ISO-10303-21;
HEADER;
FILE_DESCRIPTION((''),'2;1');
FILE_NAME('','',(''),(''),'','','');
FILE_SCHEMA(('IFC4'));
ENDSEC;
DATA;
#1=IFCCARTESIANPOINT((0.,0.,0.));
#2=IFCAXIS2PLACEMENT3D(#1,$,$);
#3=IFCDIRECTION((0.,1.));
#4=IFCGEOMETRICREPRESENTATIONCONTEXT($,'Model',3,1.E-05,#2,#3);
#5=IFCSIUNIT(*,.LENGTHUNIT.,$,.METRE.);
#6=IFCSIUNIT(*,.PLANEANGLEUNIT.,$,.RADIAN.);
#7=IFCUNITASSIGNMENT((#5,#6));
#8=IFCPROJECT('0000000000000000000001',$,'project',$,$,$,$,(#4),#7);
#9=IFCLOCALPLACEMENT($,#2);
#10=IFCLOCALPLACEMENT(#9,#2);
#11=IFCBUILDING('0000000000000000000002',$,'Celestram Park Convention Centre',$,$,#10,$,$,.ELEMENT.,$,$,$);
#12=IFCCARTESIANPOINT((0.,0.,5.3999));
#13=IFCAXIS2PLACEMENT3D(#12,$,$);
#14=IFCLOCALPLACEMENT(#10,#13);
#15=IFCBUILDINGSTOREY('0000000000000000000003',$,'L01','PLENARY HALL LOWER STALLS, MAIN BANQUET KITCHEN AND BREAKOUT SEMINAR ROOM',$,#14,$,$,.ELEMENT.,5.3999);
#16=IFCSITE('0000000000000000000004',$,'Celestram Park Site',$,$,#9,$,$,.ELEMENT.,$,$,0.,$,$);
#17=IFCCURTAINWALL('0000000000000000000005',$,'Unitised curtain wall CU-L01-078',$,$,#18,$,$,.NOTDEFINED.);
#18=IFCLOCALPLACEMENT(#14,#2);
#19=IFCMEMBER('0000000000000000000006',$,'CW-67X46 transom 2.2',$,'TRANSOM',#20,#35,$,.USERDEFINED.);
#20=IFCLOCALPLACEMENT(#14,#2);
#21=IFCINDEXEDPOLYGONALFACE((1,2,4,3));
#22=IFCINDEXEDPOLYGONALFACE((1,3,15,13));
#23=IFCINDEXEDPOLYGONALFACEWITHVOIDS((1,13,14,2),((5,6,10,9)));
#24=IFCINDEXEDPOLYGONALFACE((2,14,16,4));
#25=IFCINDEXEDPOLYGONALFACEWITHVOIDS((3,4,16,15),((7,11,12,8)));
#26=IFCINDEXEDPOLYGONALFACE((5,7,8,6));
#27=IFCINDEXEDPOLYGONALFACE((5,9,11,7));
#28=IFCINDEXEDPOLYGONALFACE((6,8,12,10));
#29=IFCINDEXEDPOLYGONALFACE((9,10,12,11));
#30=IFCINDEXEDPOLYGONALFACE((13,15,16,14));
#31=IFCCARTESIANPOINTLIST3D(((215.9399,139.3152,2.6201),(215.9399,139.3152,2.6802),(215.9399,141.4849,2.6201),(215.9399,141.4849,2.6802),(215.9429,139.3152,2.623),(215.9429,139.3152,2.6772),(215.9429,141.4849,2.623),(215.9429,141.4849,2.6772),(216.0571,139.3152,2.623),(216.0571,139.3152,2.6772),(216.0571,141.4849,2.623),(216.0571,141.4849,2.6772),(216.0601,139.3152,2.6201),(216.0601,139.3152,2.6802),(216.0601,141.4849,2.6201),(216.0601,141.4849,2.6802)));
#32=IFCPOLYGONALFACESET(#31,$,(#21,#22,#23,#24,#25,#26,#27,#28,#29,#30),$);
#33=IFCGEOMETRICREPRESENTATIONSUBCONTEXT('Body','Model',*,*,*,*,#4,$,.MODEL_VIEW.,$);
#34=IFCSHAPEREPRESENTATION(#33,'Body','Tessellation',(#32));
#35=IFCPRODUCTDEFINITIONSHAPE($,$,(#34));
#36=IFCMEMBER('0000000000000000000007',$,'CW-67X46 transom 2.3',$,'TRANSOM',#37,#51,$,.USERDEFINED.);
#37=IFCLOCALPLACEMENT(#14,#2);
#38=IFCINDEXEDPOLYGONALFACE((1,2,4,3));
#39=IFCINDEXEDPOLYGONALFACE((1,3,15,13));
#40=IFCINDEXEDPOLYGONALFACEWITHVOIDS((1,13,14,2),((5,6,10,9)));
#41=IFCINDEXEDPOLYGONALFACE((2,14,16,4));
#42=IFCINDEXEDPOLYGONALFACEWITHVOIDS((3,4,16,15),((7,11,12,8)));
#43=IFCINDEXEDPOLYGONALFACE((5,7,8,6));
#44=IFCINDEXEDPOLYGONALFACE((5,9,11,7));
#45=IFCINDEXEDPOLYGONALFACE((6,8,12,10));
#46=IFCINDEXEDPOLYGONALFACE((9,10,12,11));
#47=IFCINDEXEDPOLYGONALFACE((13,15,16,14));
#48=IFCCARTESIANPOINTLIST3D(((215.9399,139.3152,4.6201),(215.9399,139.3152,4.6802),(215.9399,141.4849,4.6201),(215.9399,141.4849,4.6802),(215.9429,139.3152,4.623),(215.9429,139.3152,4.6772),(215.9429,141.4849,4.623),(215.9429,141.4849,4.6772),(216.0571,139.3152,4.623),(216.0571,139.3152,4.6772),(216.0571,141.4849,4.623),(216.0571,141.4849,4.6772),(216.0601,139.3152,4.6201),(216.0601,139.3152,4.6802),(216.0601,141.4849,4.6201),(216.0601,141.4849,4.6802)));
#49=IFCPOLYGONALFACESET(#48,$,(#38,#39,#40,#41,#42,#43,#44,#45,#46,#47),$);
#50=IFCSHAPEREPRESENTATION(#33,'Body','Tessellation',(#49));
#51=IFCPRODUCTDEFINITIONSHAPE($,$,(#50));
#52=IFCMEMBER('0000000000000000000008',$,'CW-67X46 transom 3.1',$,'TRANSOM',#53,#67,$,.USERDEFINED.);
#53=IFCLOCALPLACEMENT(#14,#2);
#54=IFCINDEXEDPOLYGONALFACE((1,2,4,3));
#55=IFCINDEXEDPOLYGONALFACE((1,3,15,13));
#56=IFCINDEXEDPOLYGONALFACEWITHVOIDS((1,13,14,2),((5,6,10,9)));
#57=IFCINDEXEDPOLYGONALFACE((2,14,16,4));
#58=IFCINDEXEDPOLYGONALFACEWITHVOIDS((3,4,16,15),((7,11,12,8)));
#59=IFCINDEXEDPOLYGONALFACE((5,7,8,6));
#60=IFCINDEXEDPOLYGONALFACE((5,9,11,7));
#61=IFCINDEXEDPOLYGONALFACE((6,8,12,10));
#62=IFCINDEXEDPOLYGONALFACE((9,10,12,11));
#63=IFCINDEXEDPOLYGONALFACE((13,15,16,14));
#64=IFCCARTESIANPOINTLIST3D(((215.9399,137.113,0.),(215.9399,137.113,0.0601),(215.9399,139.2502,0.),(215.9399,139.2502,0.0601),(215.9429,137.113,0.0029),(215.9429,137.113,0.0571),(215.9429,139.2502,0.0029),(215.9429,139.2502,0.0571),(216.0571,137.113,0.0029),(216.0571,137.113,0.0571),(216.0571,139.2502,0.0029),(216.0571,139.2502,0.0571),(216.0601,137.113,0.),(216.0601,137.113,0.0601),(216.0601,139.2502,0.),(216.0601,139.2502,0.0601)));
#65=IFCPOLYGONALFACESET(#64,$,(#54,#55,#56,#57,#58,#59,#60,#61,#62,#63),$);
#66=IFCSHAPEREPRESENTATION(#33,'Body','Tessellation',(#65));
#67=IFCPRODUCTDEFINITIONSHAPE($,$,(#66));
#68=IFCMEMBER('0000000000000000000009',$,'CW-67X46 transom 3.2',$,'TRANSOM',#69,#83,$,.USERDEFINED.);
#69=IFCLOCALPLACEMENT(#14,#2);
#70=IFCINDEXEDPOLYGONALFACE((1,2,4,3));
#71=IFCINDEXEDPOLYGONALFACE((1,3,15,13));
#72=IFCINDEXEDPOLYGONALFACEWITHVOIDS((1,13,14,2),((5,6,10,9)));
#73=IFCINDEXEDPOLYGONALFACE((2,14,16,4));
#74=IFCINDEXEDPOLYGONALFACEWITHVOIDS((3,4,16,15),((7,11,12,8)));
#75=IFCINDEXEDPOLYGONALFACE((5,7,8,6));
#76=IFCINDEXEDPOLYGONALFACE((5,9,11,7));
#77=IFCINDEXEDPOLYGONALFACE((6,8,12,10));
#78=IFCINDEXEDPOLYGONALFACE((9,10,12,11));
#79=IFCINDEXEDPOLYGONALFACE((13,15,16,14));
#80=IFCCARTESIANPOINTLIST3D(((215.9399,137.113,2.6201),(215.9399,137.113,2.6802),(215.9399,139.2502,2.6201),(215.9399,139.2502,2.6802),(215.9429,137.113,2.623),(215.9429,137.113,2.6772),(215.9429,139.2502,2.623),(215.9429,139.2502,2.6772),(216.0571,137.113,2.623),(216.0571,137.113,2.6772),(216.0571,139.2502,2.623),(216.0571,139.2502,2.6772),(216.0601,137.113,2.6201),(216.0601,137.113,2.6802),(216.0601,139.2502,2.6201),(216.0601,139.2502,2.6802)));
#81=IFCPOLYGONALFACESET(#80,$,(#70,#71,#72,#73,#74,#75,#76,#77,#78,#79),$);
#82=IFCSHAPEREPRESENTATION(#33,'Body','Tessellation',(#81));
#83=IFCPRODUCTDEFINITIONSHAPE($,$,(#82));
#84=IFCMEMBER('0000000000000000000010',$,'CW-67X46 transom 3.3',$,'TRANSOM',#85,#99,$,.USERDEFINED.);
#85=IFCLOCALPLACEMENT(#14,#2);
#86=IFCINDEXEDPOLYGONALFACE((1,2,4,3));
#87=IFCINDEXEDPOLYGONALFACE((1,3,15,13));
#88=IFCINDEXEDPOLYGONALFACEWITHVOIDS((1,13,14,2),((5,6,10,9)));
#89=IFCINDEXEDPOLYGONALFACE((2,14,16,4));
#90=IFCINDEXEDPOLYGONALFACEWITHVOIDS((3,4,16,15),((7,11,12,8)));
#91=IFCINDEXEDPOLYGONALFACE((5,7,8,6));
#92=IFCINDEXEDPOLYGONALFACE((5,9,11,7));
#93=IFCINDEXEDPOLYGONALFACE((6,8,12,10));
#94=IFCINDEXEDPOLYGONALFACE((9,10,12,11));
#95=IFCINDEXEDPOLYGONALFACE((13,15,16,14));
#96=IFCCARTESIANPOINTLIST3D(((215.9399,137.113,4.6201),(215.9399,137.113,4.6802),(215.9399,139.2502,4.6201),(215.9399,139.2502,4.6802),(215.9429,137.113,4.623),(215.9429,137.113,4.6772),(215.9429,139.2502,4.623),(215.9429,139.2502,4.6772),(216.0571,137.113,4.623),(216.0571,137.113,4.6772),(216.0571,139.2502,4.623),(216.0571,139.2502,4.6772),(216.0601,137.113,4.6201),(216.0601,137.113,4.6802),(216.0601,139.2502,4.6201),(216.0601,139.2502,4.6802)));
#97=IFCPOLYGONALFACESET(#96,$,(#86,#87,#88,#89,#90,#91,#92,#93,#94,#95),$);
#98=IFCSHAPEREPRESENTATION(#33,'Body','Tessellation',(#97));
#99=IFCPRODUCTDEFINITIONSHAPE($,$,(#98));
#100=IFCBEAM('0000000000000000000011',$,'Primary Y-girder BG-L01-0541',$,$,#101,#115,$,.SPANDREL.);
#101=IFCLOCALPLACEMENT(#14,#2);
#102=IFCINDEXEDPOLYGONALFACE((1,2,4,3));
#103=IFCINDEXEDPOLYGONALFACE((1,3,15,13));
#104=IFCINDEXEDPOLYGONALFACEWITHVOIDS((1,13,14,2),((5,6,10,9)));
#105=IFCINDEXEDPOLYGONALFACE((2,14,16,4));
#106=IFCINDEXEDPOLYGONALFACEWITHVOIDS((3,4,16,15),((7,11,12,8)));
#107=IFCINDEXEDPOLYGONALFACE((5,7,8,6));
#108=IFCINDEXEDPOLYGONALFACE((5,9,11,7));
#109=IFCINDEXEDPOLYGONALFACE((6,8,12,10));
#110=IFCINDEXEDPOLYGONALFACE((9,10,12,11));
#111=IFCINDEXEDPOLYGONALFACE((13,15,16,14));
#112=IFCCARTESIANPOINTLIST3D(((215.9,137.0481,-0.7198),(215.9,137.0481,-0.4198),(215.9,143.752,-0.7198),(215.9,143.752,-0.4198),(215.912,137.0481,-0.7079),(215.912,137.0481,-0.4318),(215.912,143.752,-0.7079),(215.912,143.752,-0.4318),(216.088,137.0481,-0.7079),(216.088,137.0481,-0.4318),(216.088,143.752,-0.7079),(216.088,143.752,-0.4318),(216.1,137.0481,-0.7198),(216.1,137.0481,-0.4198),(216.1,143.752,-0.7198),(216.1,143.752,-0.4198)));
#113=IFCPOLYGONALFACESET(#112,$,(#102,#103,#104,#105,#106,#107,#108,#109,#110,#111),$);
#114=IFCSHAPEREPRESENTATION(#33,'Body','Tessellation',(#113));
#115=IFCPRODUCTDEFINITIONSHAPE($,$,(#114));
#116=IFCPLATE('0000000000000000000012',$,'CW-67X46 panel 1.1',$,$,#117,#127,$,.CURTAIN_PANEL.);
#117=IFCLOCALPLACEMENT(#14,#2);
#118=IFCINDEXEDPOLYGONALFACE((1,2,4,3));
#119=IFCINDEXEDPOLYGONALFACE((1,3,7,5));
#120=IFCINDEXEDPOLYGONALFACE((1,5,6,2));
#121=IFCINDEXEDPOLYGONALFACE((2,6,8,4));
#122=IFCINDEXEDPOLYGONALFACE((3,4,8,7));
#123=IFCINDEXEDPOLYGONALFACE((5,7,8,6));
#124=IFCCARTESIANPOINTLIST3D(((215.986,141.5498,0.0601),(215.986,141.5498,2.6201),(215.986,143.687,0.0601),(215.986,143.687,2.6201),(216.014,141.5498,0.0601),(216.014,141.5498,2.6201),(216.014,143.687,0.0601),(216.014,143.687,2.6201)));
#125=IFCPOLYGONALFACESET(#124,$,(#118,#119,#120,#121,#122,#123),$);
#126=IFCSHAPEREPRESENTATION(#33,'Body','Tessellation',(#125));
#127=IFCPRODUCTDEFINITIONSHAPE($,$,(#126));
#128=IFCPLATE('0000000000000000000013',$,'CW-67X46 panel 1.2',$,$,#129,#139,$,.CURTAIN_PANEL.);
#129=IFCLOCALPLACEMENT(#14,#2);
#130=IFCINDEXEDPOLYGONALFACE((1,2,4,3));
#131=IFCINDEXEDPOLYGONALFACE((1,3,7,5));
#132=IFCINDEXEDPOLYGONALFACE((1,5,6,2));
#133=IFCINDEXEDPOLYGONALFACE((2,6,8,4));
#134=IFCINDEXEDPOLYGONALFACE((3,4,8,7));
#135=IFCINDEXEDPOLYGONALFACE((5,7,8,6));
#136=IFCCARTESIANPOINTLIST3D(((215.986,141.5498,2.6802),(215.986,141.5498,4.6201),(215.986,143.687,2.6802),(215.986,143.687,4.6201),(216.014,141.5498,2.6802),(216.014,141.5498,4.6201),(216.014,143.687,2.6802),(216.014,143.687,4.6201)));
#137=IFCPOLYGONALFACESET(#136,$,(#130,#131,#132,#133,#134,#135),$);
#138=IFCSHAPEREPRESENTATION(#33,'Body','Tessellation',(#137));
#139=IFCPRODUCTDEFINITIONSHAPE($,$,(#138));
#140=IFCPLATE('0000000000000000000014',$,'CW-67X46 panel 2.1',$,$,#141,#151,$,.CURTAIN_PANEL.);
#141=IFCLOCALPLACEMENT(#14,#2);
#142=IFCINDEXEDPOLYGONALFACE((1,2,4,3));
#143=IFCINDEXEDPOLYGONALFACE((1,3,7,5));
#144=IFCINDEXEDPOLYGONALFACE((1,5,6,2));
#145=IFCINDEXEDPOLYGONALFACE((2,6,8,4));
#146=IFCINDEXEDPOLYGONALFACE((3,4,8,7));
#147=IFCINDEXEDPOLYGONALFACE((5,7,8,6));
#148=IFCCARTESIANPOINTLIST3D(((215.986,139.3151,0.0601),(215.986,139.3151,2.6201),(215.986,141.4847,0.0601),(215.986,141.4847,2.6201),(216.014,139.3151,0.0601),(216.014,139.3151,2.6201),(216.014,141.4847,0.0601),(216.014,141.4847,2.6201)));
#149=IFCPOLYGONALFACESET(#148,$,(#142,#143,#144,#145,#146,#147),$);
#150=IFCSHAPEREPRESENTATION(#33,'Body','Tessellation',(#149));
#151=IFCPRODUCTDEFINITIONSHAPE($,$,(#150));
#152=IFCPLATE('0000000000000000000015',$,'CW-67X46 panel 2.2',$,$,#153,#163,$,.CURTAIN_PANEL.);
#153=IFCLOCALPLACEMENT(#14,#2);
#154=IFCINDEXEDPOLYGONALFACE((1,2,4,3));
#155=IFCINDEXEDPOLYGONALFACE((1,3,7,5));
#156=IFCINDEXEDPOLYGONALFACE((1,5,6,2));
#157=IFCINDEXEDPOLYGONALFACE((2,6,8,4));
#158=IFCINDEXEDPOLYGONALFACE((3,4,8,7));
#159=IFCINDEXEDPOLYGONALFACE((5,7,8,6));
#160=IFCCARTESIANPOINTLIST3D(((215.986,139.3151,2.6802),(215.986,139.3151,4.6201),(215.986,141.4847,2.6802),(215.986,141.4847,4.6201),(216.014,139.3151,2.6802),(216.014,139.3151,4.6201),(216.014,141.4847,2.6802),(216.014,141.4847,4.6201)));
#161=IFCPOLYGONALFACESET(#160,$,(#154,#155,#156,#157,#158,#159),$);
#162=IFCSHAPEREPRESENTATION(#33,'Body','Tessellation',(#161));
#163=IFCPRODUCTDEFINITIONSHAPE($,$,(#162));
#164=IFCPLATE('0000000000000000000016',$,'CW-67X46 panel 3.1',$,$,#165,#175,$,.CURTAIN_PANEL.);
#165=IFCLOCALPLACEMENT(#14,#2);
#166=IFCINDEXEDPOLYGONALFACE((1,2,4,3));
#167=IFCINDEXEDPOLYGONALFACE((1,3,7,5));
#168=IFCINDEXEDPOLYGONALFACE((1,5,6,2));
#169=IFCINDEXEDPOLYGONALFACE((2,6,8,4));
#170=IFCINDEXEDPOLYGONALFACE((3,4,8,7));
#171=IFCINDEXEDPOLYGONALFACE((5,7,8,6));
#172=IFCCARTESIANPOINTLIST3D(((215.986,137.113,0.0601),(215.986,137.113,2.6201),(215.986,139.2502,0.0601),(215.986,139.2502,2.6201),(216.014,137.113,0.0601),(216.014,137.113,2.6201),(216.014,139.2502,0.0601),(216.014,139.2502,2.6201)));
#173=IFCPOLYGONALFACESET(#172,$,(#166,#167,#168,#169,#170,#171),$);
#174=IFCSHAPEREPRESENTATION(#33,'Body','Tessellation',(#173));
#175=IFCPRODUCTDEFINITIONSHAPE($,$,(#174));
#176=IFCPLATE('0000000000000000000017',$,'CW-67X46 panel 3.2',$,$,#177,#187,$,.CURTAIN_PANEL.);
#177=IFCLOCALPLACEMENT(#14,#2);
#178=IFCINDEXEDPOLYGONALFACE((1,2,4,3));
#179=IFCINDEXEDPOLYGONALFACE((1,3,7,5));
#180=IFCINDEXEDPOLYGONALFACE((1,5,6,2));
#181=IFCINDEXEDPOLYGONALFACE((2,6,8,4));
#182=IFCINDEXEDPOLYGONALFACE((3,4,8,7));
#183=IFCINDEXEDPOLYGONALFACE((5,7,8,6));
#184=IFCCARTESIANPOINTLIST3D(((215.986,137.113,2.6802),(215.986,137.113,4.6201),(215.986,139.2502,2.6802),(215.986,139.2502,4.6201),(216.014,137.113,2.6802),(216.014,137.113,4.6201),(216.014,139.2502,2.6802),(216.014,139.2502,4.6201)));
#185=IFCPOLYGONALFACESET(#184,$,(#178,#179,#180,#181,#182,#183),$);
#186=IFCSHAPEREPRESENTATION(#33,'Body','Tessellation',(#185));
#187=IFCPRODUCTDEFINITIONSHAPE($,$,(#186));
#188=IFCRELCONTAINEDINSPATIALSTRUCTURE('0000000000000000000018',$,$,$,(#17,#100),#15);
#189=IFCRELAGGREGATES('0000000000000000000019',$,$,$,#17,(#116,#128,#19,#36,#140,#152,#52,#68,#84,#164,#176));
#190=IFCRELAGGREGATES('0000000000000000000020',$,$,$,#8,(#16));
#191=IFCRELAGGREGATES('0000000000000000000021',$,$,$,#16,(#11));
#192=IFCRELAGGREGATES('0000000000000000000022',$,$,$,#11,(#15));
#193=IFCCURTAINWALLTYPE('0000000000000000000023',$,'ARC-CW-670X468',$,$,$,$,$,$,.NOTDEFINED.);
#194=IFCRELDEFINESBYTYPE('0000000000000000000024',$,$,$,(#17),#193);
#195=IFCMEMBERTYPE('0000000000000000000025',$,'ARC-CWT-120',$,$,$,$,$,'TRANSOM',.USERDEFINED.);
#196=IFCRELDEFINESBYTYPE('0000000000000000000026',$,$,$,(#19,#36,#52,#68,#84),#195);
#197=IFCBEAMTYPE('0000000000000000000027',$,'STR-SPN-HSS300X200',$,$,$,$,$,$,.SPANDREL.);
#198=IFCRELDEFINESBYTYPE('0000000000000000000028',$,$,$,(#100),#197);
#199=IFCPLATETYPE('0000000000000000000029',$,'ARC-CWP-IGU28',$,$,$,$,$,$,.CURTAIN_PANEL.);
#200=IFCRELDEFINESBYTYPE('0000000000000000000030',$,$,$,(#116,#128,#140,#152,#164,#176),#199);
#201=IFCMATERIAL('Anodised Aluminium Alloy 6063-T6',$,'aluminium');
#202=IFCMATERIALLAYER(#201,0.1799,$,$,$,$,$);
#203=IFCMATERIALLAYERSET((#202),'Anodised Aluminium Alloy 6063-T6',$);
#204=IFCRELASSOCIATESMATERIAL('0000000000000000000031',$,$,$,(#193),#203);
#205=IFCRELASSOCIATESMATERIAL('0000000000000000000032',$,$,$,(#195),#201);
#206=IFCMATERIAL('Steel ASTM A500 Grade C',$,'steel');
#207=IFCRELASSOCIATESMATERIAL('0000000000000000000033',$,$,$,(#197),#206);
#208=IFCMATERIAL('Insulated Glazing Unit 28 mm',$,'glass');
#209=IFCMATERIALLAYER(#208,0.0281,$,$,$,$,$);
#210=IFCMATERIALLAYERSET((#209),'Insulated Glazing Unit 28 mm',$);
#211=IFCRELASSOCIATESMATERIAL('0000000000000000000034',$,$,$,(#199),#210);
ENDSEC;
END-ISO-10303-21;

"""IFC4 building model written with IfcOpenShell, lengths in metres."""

from ifc_helpers import new_model, si_unit, direction, frame, origin, origin_2d, place, context, subcontext, project, spatial, rectangle, hollow_rectangle, extrude, material, layer, layer_set, material_profile, profile_set, type_object, element, aggregate, save


model = new_model("IFC4")

# Units and contexts
model_context = context("Model", 3, precision=1e-05, world=origin(), true_north=direction((0.0, 1.0)))
body_context = subcontext(model_context, "Body", "Model", "MODEL_VIEW")
ifc_project = project(units=[si_unit("LENGTHUNIT", "METRE"), si_unit("PLANEANGLEUNIT", "RADIAN")], contexts=[model_context])

# Site, building, storey
site_placement = place(None, origin())
site = spatial("IfcSite", under=ifc_project, at=site_placement, Name="Celestram Park Site", CompositionType="ELEMENT", RefElevation=0.0)
building_placement = place(site_placement, origin())
building = spatial("IfcBuilding", under=site, at=building_placement, Name="Celestram Park Convention Centre", CompositionType="ELEMENT")
storey_placement = place(building_placement, frame((0.0, 0.0, 5.3999)))
storey = spatial("IfcBuildingStorey", under=building, at=storey_placement, Name="L01", Description="PLENARY HALL LOWER STALLS, MAIN BANQUET KITCHEN AND BREAKOUT SEMINAR ROOM", CompositionType="ELEMENT", Elevation=5.3999)

# Shared definitions
ifc_material_1 = material(Name="Steel ASTM A500 Grade C", Category="steel")

# Curtain wall
ifc_material_2 = material(Name="Anodised Aluminium Alloy 6063-T6", Category="aluminium")
ifc_layer_1 = layer(ifc_material_2, 0.1799)
ifc_layer_set_1 = layer_set([ifc_layer_1], Name="Anodised Aluminium Alloy 6063-T6")
curtain_wall_type = type_object("IfcCurtainWallType", Name="ARC-CW-670X468", PredefinedType="NOTDEFINED", material=ifc_layer_set_1)
curtain_wall_1_placement = place(storey_placement, origin())
curtain_wall_1 = element("IfcCurtainWall", 1, at=curtain_wall_1_placement, inside=storey, type_object=curtain_wall_type, Name="Unitised curtain wall CU-L01-078", PredefinedType="NOTDEFINED")

# Members
ifc_material_profile_1 = material_profile(ifc_material_2, hollow_rectangle(XDim=0.1201, YDim=0.0601, WallThickness=0.0029, at=origin_2d()), Name="ALU120X60X3")
ifc_profile_set_1 = profile_set([ifc_material_profile_1], Name="Anodised Aluminium Alloy 6063-T6")
member_type_1 = type_object("IfcMemberType", Name="ARC-CWT-120", ElementType="TRANSOM", PredefinedType="USERDEFINED", material=ifc_profile_set_1)
member_1_placement = place(storey_placement, frame((216.0, 141.4849, 2.6501), z_axis=(0.0, -1.0, 0.0), x_axis=(1.0, 0.0, 0.0)))
member_1 = element("IfcMember", 2, at=member_1_placement, type_object=member_type_1, Name="CW-67X46 transom 2.2", ObjectType="TRANSOM", PredefinedType="USERDEFINED", context=body_context, shape_type="SweptSolid", body=[
    extrude(hollow_rectangle(XDim=0.1201, YDim=0.0601, WallThickness=0.0029, at=origin_2d()), origin(), (0.0, 0.0, 1.0), 2.1697),
])
member_2_placement = place(storey_placement, frame((216.0, 141.4849, 4.6501), z_axis=(0.0, -1.0, 0.0), x_axis=(1.0, 0.0, 0.0)))
member_2 = element("IfcMember", 3, at=member_2_placement, type_object=member_type_1, Name="CW-67X46 transom 2.3", ObjectType="TRANSOM", PredefinedType="USERDEFINED", context=body_context, shape_type="SweptSolid", body=[
    extrude(hollow_rectangle(XDim=0.1201, YDim=0.0601, WallThickness=0.0029, at=origin_2d()), origin(), (0.0, 0.0, 1.0), 2.1697),
])
member_3_placement = place(storey_placement, frame((216.0, 139.2502, 0.03), z_axis=(0.0, -1.0, 0.0), x_axis=(1.0, 0.0, 0.0)))
member_3 = element("IfcMember", 4, at=member_3_placement, type_object=member_type_1, Name="CW-67X46 transom 3.1", ObjectType="TRANSOM", PredefinedType="USERDEFINED", context=body_context, shape_type="SweptSolid", body=[
    extrude(hollow_rectangle(XDim=0.1201, YDim=0.0601, WallThickness=0.0029, at=origin_2d()), origin(), (0.0, 0.0, 1.0), 2.1372),
])
member_4_placement = place(storey_placement, frame((216.0, 139.2502, 2.6501), z_axis=(0.0, -1.0, 0.0), x_axis=(1.0, 0.0, 0.0)))
member_4 = element("IfcMember", 5, at=member_4_placement, type_object=member_type_1, Name="CW-67X46 transom 3.2", ObjectType="TRANSOM", PredefinedType="USERDEFINED", context=body_context, shape_type="SweptSolid", body=[
    extrude(hollow_rectangle(XDim=0.1201, YDim=0.0601, WallThickness=0.0029, at=origin_2d()), origin(), (0.0, 0.0, 1.0), 2.1372),
])
member_5_placement = place(storey_placement, frame((216.0, 139.2502, 4.6501), z_axis=(0.0, -1.0, 0.0), x_axis=(1.0, 0.0, 0.0)))
member_5 = element("IfcMember", 6, at=member_5_placement, type_object=member_type_1, Name="CW-67X46 transom 3.3", ObjectType="TRANSOM", PredefinedType="USERDEFINED", context=body_context, shape_type="SweptSolid", body=[
    extrude(hollow_rectangle(XDim=0.1201, YDim=0.0601, WallThickness=0.0029, at=origin_2d()), origin(), (0.0, 0.0, 1.0), 2.1372),
])

# Beam
ifc_material_profile_2 = material_profile(ifc_material_1, hollow_rectangle(XDim=0.2, YDim=0.3, WallThickness=0.012, at=origin_2d()), Name="HSS300X200X12")
ifc_profile_set_2 = profile_set([ifc_material_profile_2], Name="Steel ASTM A500 Grade C")
beam_type = type_object("IfcBeamType", Name="STR-SPN-HSS300X200", PredefinedType="SPANDREL", material=ifc_profile_set_2)
beam_placement = place(storey_placement, frame((216.0, 137.0481, -0.5698), z_axis=(0.0, 1.0, 0.0), x_axis=(-1.0, 0.0, 0.0)))
element("IfcBeam", 7, at=beam_placement, inside=storey, type_object=beam_type, Name="Primary Y-girder BG-L01-0541", PredefinedType="SPANDREL", context=body_context, shape_type="SweptSolid", body=[
    extrude(hollow_rectangle(XDim=0.2, YDim=0.3, WallThickness=0.012, at=origin_2d()), origin(), (0.0, 0.0, 1.0), 6.7039),
])

# Plates
ifc_material_3 = material(Name="Insulated Glazing Unit 28 mm", Category="glass")
ifc_layer_2 = layer(ifc_material_3, 0.0281)
ifc_layer_set_2 = layer_set([ifc_layer_2], Name="Insulated Glazing Unit 28 mm")
plate_type_1 = type_object("IfcPlateType", Name="ARC-CWP-IGU28", PredefinedType="CURTAIN_PANEL", material=ifc_layer_set_2)
plate_1_placement = place(storey_placement, frame((216.0, 142.6184, 0.0601), z_axis=(0.0, 0.0, 1.0), x_axis=(0.0, -1.0, 0.0)))
plate_1 = element("IfcPlate", 8, at=plate_1_placement, type_object=plate_type_1, Name="CW-67X46 panel 1.1", PredefinedType="CURTAIN_PANEL", context=body_context, shape_type="SweptSolid", body=[
    extrude(rectangle(XDim=2.1372, YDim=0.0281, at=origin_2d()), origin(), (0.0, 0.0, 1.0), 2.5601),
])
plate_2_placement = place(storey_placement, frame((216.0, 142.6184, 2.6802), z_axis=(0.0, 0.0, 1.0), x_axis=(0.0, -1.0, 0.0)))
plate_2 = element("IfcPlate", 9, at=plate_2_placement, type_object=plate_type_1, Name="CW-67X46 panel 1.2", PredefinedType="CURTAIN_PANEL", context=body_context, shape_type="SweptSolid", body=[
    extrude(rectangle(XDim=2.1372, YDim=0.0281, at=origin_2d()), origin(), (0.0, 0.0, 1.0), 1.9399),
])
plate_3_placement = place(storey_placement, frame((216.0, 140.3999, 0.0601), z_axis=(0.0, 0.0, 1.0), x_axis=(0.0, -1.0, 0.0)))
plate_3 = element("IfcPlate", 10, at=plate_3_placement, type_object=plate_type_1, Name="CW-67X46 panel 2.1", PredefinedType="CURTAIN_PANEL", context=body_context, shape_type="SweptSolid", body=[
    extrude(rectangle(XDim=2.1697, YDim=0.0281, at=origin_2d()), origin(), (0.0, 0.0, 1.0), 2.5601),
])
plate_4_placement = place(storey_placement, frame((216.0, 140.3999, 2.6802), z_axis=(0.0, 0.0, 1.0), x_axis=(0.0, -1.0, 0.0)))
plate_4 = element("IfcPlate", 11, at=plate_4_placement, type_object=plate_type_1, Name="CW-67X46 panel 2.2", PredefinedType="CURTAIN_PANEL", context=body_context, shape_type="SweptSolid", body=[
    extrude(rectangle(XDim=2.1697, YDim=0.0281, at=origin_2d()), origin(), (0.0, 0.0, 1.0), 1.9399),
])
plate_5_placement = place(storey_placement, frame((216.0, 138.1816, 0.0601), z_axis=(0.0, 0.0, 1.0), x_axis=(0.0, -1.0, 0.0)))
plate_5 = element("IfcPlate", 12, at=plate_5_placement, type_object=plate_type_1, Name="CW-67X46 panel 3.1", PredefinedType="CURTAIN_PANEL", context=body_context, shape_type="SweptSolid", body=[
    extrude(rectangle(XDim=2.1372, YDim=0.0281, at=origin_2d()), origin(), (0.0, 0.0, 1.0), 2.5601),
])
plate_6_placement = place(storey_placement, frame((216.0, 138.1816, 2.6802), z_axis=(0.0, 0.0, 1.0), x_axis=(0.0, -1.0, 0.0)))
plate_6 = element("IfcPlate", 13, at=plate_6_placement, type_object=plate_type_1, Name="CW-67X46 panel 3.2", PredefinedType="CURTAIN_PANEL", context=body_context, shape_type="SweptSolid", body=[
    extrude(rectangle(XDim=2.1372, YDim=0.0281, at=origin_2d()), origin(), (0.0, 0.0, 1.0), 1.9399),
])
aggregate(curtain_wall_1, [plate_1, plate_2, member_1, member_2, plate_3, plate_4, member_3, member_4, member_5, plate_5, plate_6])

save(model, "model.ifc")
